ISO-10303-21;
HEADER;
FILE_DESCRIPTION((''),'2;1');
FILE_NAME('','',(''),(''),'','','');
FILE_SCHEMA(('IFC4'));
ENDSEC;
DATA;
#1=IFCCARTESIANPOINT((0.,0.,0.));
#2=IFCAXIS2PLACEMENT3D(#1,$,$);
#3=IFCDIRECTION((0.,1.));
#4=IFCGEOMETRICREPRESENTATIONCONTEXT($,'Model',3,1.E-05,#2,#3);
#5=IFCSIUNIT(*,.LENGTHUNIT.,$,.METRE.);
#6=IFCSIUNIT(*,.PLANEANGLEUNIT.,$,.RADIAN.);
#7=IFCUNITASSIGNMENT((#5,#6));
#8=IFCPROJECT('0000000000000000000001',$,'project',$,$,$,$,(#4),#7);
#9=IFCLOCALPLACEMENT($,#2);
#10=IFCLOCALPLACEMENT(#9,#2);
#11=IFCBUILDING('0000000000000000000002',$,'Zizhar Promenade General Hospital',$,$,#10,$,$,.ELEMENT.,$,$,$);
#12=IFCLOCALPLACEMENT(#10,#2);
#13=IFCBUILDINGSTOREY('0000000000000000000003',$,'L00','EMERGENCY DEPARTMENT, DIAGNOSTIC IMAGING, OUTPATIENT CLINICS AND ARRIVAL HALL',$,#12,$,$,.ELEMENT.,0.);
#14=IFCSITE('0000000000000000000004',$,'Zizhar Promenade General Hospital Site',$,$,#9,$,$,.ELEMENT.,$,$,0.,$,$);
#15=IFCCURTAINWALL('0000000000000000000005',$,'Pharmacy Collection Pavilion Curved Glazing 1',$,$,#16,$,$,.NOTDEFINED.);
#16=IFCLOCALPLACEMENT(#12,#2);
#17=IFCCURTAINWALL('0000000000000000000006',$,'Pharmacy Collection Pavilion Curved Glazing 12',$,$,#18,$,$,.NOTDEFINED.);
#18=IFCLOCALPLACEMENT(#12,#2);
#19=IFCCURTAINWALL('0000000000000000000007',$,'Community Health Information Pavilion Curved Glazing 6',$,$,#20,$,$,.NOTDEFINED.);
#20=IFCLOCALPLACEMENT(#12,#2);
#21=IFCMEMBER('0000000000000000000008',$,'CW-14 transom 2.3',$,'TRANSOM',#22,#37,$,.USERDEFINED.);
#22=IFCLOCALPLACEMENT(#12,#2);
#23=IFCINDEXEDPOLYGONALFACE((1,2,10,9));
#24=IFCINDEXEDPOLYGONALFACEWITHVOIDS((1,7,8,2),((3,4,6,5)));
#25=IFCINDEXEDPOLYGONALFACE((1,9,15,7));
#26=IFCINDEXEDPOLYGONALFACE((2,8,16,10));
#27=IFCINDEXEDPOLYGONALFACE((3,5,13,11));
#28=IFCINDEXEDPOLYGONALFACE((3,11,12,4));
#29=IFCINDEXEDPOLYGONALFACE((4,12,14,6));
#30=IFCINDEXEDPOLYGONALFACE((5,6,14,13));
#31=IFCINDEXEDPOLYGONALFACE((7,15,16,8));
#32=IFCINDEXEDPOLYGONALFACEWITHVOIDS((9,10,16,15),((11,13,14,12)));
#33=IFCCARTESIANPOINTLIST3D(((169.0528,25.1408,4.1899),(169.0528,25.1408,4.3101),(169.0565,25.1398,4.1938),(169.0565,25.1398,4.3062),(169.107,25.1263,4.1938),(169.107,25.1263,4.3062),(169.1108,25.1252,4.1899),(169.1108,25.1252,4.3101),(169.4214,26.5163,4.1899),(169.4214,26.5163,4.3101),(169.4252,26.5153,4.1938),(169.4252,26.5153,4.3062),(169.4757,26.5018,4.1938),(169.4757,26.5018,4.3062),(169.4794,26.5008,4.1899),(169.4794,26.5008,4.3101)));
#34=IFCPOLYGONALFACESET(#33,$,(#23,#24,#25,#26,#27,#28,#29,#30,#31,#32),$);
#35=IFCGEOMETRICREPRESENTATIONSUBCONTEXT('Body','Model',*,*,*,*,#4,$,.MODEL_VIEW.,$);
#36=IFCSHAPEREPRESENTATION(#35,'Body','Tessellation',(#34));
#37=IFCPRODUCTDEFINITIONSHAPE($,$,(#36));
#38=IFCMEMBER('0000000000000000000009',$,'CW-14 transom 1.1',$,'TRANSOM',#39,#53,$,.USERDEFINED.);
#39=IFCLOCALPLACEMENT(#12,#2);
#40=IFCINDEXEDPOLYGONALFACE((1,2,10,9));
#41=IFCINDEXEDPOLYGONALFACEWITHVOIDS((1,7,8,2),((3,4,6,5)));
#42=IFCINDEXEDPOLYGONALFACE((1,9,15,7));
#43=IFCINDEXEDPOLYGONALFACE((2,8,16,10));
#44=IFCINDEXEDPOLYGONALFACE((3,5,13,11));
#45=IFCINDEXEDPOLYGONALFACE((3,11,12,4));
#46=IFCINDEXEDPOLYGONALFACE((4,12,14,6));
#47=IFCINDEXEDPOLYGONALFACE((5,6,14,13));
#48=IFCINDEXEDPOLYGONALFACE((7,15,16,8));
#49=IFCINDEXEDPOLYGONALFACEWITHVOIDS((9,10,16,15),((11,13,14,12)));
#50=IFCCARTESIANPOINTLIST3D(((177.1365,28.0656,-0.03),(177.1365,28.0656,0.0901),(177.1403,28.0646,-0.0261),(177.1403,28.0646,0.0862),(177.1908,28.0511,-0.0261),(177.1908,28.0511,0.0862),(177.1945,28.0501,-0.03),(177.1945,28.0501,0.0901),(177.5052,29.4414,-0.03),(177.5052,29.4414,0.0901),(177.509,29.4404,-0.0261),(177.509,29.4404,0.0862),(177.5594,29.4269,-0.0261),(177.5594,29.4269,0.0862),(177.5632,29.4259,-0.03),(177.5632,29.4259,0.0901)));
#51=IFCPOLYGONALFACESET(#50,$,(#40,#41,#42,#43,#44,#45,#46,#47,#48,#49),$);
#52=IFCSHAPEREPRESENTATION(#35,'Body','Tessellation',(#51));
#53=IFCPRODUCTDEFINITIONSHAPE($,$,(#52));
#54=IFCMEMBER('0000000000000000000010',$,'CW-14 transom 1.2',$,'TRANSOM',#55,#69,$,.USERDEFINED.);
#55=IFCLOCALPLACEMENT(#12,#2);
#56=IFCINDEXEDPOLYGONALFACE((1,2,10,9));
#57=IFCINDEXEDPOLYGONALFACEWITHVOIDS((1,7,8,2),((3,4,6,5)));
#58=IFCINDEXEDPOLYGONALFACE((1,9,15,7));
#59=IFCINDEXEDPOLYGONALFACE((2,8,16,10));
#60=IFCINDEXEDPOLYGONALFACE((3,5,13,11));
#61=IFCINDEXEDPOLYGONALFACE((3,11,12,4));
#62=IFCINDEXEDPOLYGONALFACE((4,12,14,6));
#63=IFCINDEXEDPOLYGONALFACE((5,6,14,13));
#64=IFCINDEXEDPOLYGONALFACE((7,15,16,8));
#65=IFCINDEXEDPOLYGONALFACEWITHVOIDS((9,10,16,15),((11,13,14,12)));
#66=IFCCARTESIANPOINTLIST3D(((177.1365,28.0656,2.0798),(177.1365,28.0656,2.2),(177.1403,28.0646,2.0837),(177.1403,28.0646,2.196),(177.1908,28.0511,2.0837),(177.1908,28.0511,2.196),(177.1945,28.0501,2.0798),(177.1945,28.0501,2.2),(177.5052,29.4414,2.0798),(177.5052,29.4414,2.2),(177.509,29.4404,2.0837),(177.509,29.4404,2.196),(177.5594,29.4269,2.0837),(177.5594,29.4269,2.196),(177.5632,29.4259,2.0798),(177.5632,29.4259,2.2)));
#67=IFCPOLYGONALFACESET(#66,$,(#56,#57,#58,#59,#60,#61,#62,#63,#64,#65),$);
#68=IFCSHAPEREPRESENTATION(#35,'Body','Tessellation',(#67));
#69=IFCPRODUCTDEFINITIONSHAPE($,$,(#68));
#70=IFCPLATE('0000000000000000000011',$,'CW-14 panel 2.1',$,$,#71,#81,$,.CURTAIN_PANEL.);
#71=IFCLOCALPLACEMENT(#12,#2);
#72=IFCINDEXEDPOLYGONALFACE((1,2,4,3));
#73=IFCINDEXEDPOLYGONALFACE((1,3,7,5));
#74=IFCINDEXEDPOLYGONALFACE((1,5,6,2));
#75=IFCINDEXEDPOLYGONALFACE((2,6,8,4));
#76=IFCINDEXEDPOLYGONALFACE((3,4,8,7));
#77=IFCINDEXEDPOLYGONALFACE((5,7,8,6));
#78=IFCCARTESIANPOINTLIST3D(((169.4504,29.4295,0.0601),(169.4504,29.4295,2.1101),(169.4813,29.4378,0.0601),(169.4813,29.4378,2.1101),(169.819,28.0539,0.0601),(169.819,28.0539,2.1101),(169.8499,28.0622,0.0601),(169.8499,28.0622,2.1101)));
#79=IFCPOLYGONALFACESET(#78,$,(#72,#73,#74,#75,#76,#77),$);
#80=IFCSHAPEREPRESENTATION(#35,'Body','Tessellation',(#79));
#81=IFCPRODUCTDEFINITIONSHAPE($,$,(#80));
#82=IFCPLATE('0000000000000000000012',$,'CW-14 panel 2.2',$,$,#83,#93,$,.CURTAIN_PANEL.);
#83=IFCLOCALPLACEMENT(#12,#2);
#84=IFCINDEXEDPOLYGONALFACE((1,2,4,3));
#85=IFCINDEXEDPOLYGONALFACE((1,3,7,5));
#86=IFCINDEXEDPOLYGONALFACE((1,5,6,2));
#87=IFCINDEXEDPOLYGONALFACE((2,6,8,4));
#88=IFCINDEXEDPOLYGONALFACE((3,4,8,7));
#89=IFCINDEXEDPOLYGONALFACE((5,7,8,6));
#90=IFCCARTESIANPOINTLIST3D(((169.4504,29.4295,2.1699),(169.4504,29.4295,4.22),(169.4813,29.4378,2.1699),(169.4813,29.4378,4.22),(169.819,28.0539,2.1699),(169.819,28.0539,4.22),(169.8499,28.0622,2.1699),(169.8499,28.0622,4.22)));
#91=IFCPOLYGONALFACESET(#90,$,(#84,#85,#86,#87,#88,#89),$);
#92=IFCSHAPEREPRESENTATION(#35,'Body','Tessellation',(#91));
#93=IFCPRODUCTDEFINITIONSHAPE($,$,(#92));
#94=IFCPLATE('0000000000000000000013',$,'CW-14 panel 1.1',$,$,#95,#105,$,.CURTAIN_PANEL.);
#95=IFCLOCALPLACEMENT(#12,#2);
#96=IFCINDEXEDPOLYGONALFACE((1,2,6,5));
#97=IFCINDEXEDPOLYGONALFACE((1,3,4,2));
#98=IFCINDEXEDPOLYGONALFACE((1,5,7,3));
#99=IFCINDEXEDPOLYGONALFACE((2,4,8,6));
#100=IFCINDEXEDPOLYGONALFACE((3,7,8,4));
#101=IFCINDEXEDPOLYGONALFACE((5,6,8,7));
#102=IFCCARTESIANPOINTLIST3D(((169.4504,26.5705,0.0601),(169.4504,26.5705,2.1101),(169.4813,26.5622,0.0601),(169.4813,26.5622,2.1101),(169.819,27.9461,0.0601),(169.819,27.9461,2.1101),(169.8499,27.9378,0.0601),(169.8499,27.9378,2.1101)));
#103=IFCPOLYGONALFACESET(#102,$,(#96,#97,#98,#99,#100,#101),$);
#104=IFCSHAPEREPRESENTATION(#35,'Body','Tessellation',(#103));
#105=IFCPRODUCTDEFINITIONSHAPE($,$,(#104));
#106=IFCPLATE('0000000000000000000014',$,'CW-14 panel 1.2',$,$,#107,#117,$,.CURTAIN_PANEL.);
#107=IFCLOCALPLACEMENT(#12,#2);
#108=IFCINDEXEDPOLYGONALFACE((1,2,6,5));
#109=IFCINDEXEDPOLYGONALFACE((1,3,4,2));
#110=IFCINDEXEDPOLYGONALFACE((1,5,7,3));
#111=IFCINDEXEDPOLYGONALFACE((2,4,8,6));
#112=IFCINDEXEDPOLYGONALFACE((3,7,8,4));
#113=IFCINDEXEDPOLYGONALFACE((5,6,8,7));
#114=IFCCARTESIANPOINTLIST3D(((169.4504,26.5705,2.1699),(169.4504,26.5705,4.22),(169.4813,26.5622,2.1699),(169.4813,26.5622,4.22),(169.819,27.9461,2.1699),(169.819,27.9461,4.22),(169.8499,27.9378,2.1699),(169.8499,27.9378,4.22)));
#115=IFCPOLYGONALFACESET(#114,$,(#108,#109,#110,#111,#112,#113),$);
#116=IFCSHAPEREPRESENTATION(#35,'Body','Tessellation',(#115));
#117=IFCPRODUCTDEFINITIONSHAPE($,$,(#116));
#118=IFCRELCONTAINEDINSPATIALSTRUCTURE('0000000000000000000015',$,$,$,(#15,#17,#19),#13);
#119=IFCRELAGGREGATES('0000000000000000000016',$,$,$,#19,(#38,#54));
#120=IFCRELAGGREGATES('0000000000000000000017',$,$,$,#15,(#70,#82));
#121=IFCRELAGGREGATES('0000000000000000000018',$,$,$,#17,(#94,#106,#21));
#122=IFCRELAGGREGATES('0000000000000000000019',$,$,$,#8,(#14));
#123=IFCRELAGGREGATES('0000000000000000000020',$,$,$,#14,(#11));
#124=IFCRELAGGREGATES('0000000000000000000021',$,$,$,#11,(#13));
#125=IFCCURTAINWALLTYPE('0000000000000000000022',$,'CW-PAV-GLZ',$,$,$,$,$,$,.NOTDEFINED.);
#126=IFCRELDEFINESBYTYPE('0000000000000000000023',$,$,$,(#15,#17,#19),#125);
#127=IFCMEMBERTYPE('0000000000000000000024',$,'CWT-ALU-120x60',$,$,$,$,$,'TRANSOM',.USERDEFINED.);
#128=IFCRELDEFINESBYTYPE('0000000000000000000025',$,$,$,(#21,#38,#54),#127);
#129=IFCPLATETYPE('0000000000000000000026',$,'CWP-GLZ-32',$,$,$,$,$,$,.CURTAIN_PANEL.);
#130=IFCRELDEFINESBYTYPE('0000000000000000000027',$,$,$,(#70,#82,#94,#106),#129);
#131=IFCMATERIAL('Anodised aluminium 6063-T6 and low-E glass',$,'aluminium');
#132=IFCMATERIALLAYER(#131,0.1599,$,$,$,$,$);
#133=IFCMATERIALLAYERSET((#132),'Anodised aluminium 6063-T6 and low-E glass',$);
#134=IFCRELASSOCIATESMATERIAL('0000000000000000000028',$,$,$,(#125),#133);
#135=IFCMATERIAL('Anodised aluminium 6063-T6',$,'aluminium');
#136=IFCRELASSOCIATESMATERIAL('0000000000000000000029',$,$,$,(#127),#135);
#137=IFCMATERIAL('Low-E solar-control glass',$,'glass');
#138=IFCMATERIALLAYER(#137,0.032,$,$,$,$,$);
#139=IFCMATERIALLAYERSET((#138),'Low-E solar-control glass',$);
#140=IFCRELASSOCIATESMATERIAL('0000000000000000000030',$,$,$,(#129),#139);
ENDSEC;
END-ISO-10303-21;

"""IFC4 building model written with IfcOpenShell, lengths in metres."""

from ifc_helpers import new_model, si_unit, direction, frame, origin, origin_2d, place, context, subcontext, project, spatial, rectangle, hollow_rectangle, extrude, material, layer, layer_set, material_profile, profile_set, type_object, element, aggregate, save


model = new_model("IFC4")

# Units and contexts
model_context = context("Model", 3, precision=1e-05, world=origin(), true_north=direction((0.0, 1.0)))
body_context = subcontext(model_context, "Body", "Model", "MODEL_VIEW")
ifc_project = project(units=[si_unit("LENGTHUNIT", "METRE"), si_unit("PLANEANGLEUNIT", "RADIAN")], contexts=[model_context])

# Site, building, storey
site_placement = place(None, origin())
site = spatial("IfcSite", under=ifc_project, at=site_placement, Name="Zizhar Promenade General Hospital Site", CompositionType="ELEMENT", RefElevation=0.0)
building_placement = place(site_placement, origin())
building = spatial("IfcBuilding", under=site, at=building_placement, Name="Zizhar Promenade General Hospital", CompositionType="ELEMENT")
storey_placement = place(building_placement, origin())
storey = spatial("IfcBuildingStorey", under=building, at=storey_placement, Name="L00", Description="EMERGENCY DEPARTMENT, DIAGNOSTIC IMAGING, OUTPATIENT CLINICS AND ARRIVAL HALL", CompositionType="ELEMENT", Elevation=0.0)

# Curtain walls
ifc_material_1 = material(Name="Anodised aluminium 6063-T6 and low-E glass", Category="aluminium")
ifc_layer_1 = layer(ifc_material_1, 0.1599)
ifc_layer_set_1 = layer_set([ifc_layer_1], Name="Anodised aluminium 6063-T6 and low-E glass")
curtain_wall_type = type_object("IfcCurtainWallType", Name="CW-PAV-GLZ", PredefinedType="NOTDEFINED", material=ifc_layer_set_1)
curtain_wall_1_placement = place(storey_placement, origin())
curtain_wall_1 = element("IfcCurtainWall", 1, at=curtain_wall_1_placement, inside=storey, type_object=curtain_wall_type, Name="Pharmacy Collection Pavilion Curved Glazing 1", PredefinedType="NOTDEFINED")
curtain_wall_2_placement = place(storey_placement, origin())
curtain_wall_2 = element("IfcCurtainWall", 2, at=curtain_wall_2_placement, inside=storey, type_object=curtain_wall_type, Name="Pharmacy Collection Pavilion Curved Glazing 12", PredefinedType="NOTDEFINED")

# Curtain wall
curtain_wall_3_placement = place(storey_placement, origin())
curtain_wall_3 = element("IfcCurtainWall", 3, at=curtain_wall_3_placement, inside=storey, type_object=curtain_wall_type, Name="Community Health Information Pavilion Curved Glazing 6", PredefinedType="NOTDEFINED")

# Members
ifc_material_2 = material(Name="Anodised aluminium 6063-T6", Category="aluminium")
ifc_material_profile_1 = material_profile(ifc_material_2, hollow_rectangle(XDim=0.0601, YDim=0.1201, WallThickness=0.0039, at=origin_2d()))
ifc_profile_set_1 = profile_set([ifc_material_profile_1], Name="Anodised aluminium 6063-T6")
member_type_1 = type_object("IfcMemberType", Name="CWT-ALU-120x60", ElementType="TRANSOM", PredefinedType="USERDEFINED", material=ifc_profile_set_1)
member_1_placement = place(storey_placement, frame((169.4504, 26.5085, 4.25), z_axis=(-0.258879, -0.96591, 0.0), x_axis=(0.96591, -0.258879, 0.0)))
member_1 = element("IfcMember", 4, at=member_1_placement, type_object=member_type_1, Name="CW-14 transom 2.3", ObjectType="TRANSOM", PredefinedType="USERDEFINED", context=body_context, shape_type="SweptSolid", body=[
    extrude(hollow_rectangle(XDim=0.0601, YDim=0.1201, WallThickness=0.0039, at=origin_2d()), origin(), (0.0, 0.0, 1.0), 1.4241),
])
member_2_placement = place(storey_placement, frame((177.1655, 28.0579, 0.03), z_axis=(0.258836, 0.965921, 0.0), x_axis=(-0.965921, 0.258836, 0.0)))
member_2 = element("IfcMember", 5, at=member_2_placement, type_object=member_type_1, Name="CW-14 transom 1.1", ObjectType="TRANSOM", PredefinedType="USERDEFINED", context=body_context, shape_type="SweptSolid", body=[
    extrude(hollow_rectangle(XDim=0.0601, YDim=0.1201, WallThickness=0.0039, at=origin_2d()), origin(), (0.0, 0.0, 1.0), 1.4243),
])
member_3_placement = place(storey_placement, frame((177.1655, 28.0579, 2.1399), z_axis=(0.258836, 0.965921, 0.0), x_axis=(-0.965921, 0.258836, 0.0)))
member_3 = element("IfcMember", 6, at=member_3_placement, type_object=member_type_1, Name="CW-14 transom 1.2", ObjectType="TRANSOM", PredefinedType="USERDEFINED", context=body_context, shape_type="SweptSolid", body=[
    extrude(hollow_rectangle(XDim=0.0601, YDim=0.1201, WallThickness=0.0039, at=origin_2d()), origin(), (0.0, 0.0, 1.0), 1.4243),
])
aggregate(curtain_wall_3, [member_2, member_3])

# Plates
ifc_material_3 = material(Name="Low-E solar-control glass", Category="glass")
ifc_layer_2 = layer(ifc_material_3, 0.032)
ifc_layer_set_2 = layer_set([ifc_layer_2], Name="Low-E solar-control glass")
plate_type = type_object("IfcPlateType", Name="CWP-GLZ-32", PredefinedType="CURTAIN_PANEL", material=ifc_layer_set_2)
plate_1_placement = place(storey_placement, frame((169.6501, 28.7458, 0.0601), z_axis=(0.0, 0.0, 1.0), x_axis=(0.258834, -0.965922, 0.0)))
plate_1 = element("IfcPlate", 7, at=plate_1_placement, type_object=plate_type, Name="CW-14 panel 2.1", PredefinedType="CURTAIN_PANEL", context=body_context, shape_type="SweptSolid", body=[
    extrude(rectangle(XDim=1.4241, YDim=0.032, at=origin_2d()), origin(), (0.0, 0.0, 1.0), 2.05),
])
plate_2_placement = place(storey_placement, frame((169.6501, 28.7458, 2.1699), z_axis=(0.0, 0.0, 1.0), x_axis=(0.258834, -0.965922, 0.0)))
plate_2 = element("IfcPlate", 8, at=plate_2_placement, type_object=plate_type, Name="CW-14 panel 2.2", PredefinedType="CURTAIN_PANEL", context=body_context, shape_type="SweptSolid", body=[
    extrude(rectangle(XDim=1.4241, YDim=0.032, at=origin_2d()), origin(), (0.0, 0.0, 1.0), 2.05),
])
aggregate(curtain_wall_1, [plate_1, plate_2])
plate_3_placement = place(storey_placement, frame((169.6501, 27.2542, 0.0601), z_axis=(0.0, 0.0, 1.0), x_axis=(-0.258834, -0.965922, 0.0)))
plate_3 = element("IfcPlate", 9, at=plate_3_placement, type_object=plate_type, Name="CW-14 panel 1.1", PredefinedType="CURTAIN_PANEL", context=body_context, shape_type="SweptSolid", body=[
    extrude(rectangle(XDim=1.4241, YDim=0.032, at=origin_2d()), origin(), (0.0, 0.0, 1.0), 2.05),
])
plate_4_placement = place(storey_placement, frame((169.6501, 27.2542, 2.1699), z_axis=(0.0, 0.0, 1.0), x_axis=(-0.258834, -0.965922, 0.0)))
plate_4 = element("IfcPlate", 10, at=plate_4_placement, type_object=plate_type, Name="CW-14 panel 1.2", PredefinedType="CURTAIN_PANEL", context=body_context, shape_type="SweptSolid", body=[
    extrude(rectangle(XDim=1.4241, YDim=0.032, at=origin_2d()), origin(), (0.0, 0.0, 1.0), 2.05),
])
aggregate(curtain_wall_2, [plate_3, plate_4, member_1])

save(model, "model.ifc")
